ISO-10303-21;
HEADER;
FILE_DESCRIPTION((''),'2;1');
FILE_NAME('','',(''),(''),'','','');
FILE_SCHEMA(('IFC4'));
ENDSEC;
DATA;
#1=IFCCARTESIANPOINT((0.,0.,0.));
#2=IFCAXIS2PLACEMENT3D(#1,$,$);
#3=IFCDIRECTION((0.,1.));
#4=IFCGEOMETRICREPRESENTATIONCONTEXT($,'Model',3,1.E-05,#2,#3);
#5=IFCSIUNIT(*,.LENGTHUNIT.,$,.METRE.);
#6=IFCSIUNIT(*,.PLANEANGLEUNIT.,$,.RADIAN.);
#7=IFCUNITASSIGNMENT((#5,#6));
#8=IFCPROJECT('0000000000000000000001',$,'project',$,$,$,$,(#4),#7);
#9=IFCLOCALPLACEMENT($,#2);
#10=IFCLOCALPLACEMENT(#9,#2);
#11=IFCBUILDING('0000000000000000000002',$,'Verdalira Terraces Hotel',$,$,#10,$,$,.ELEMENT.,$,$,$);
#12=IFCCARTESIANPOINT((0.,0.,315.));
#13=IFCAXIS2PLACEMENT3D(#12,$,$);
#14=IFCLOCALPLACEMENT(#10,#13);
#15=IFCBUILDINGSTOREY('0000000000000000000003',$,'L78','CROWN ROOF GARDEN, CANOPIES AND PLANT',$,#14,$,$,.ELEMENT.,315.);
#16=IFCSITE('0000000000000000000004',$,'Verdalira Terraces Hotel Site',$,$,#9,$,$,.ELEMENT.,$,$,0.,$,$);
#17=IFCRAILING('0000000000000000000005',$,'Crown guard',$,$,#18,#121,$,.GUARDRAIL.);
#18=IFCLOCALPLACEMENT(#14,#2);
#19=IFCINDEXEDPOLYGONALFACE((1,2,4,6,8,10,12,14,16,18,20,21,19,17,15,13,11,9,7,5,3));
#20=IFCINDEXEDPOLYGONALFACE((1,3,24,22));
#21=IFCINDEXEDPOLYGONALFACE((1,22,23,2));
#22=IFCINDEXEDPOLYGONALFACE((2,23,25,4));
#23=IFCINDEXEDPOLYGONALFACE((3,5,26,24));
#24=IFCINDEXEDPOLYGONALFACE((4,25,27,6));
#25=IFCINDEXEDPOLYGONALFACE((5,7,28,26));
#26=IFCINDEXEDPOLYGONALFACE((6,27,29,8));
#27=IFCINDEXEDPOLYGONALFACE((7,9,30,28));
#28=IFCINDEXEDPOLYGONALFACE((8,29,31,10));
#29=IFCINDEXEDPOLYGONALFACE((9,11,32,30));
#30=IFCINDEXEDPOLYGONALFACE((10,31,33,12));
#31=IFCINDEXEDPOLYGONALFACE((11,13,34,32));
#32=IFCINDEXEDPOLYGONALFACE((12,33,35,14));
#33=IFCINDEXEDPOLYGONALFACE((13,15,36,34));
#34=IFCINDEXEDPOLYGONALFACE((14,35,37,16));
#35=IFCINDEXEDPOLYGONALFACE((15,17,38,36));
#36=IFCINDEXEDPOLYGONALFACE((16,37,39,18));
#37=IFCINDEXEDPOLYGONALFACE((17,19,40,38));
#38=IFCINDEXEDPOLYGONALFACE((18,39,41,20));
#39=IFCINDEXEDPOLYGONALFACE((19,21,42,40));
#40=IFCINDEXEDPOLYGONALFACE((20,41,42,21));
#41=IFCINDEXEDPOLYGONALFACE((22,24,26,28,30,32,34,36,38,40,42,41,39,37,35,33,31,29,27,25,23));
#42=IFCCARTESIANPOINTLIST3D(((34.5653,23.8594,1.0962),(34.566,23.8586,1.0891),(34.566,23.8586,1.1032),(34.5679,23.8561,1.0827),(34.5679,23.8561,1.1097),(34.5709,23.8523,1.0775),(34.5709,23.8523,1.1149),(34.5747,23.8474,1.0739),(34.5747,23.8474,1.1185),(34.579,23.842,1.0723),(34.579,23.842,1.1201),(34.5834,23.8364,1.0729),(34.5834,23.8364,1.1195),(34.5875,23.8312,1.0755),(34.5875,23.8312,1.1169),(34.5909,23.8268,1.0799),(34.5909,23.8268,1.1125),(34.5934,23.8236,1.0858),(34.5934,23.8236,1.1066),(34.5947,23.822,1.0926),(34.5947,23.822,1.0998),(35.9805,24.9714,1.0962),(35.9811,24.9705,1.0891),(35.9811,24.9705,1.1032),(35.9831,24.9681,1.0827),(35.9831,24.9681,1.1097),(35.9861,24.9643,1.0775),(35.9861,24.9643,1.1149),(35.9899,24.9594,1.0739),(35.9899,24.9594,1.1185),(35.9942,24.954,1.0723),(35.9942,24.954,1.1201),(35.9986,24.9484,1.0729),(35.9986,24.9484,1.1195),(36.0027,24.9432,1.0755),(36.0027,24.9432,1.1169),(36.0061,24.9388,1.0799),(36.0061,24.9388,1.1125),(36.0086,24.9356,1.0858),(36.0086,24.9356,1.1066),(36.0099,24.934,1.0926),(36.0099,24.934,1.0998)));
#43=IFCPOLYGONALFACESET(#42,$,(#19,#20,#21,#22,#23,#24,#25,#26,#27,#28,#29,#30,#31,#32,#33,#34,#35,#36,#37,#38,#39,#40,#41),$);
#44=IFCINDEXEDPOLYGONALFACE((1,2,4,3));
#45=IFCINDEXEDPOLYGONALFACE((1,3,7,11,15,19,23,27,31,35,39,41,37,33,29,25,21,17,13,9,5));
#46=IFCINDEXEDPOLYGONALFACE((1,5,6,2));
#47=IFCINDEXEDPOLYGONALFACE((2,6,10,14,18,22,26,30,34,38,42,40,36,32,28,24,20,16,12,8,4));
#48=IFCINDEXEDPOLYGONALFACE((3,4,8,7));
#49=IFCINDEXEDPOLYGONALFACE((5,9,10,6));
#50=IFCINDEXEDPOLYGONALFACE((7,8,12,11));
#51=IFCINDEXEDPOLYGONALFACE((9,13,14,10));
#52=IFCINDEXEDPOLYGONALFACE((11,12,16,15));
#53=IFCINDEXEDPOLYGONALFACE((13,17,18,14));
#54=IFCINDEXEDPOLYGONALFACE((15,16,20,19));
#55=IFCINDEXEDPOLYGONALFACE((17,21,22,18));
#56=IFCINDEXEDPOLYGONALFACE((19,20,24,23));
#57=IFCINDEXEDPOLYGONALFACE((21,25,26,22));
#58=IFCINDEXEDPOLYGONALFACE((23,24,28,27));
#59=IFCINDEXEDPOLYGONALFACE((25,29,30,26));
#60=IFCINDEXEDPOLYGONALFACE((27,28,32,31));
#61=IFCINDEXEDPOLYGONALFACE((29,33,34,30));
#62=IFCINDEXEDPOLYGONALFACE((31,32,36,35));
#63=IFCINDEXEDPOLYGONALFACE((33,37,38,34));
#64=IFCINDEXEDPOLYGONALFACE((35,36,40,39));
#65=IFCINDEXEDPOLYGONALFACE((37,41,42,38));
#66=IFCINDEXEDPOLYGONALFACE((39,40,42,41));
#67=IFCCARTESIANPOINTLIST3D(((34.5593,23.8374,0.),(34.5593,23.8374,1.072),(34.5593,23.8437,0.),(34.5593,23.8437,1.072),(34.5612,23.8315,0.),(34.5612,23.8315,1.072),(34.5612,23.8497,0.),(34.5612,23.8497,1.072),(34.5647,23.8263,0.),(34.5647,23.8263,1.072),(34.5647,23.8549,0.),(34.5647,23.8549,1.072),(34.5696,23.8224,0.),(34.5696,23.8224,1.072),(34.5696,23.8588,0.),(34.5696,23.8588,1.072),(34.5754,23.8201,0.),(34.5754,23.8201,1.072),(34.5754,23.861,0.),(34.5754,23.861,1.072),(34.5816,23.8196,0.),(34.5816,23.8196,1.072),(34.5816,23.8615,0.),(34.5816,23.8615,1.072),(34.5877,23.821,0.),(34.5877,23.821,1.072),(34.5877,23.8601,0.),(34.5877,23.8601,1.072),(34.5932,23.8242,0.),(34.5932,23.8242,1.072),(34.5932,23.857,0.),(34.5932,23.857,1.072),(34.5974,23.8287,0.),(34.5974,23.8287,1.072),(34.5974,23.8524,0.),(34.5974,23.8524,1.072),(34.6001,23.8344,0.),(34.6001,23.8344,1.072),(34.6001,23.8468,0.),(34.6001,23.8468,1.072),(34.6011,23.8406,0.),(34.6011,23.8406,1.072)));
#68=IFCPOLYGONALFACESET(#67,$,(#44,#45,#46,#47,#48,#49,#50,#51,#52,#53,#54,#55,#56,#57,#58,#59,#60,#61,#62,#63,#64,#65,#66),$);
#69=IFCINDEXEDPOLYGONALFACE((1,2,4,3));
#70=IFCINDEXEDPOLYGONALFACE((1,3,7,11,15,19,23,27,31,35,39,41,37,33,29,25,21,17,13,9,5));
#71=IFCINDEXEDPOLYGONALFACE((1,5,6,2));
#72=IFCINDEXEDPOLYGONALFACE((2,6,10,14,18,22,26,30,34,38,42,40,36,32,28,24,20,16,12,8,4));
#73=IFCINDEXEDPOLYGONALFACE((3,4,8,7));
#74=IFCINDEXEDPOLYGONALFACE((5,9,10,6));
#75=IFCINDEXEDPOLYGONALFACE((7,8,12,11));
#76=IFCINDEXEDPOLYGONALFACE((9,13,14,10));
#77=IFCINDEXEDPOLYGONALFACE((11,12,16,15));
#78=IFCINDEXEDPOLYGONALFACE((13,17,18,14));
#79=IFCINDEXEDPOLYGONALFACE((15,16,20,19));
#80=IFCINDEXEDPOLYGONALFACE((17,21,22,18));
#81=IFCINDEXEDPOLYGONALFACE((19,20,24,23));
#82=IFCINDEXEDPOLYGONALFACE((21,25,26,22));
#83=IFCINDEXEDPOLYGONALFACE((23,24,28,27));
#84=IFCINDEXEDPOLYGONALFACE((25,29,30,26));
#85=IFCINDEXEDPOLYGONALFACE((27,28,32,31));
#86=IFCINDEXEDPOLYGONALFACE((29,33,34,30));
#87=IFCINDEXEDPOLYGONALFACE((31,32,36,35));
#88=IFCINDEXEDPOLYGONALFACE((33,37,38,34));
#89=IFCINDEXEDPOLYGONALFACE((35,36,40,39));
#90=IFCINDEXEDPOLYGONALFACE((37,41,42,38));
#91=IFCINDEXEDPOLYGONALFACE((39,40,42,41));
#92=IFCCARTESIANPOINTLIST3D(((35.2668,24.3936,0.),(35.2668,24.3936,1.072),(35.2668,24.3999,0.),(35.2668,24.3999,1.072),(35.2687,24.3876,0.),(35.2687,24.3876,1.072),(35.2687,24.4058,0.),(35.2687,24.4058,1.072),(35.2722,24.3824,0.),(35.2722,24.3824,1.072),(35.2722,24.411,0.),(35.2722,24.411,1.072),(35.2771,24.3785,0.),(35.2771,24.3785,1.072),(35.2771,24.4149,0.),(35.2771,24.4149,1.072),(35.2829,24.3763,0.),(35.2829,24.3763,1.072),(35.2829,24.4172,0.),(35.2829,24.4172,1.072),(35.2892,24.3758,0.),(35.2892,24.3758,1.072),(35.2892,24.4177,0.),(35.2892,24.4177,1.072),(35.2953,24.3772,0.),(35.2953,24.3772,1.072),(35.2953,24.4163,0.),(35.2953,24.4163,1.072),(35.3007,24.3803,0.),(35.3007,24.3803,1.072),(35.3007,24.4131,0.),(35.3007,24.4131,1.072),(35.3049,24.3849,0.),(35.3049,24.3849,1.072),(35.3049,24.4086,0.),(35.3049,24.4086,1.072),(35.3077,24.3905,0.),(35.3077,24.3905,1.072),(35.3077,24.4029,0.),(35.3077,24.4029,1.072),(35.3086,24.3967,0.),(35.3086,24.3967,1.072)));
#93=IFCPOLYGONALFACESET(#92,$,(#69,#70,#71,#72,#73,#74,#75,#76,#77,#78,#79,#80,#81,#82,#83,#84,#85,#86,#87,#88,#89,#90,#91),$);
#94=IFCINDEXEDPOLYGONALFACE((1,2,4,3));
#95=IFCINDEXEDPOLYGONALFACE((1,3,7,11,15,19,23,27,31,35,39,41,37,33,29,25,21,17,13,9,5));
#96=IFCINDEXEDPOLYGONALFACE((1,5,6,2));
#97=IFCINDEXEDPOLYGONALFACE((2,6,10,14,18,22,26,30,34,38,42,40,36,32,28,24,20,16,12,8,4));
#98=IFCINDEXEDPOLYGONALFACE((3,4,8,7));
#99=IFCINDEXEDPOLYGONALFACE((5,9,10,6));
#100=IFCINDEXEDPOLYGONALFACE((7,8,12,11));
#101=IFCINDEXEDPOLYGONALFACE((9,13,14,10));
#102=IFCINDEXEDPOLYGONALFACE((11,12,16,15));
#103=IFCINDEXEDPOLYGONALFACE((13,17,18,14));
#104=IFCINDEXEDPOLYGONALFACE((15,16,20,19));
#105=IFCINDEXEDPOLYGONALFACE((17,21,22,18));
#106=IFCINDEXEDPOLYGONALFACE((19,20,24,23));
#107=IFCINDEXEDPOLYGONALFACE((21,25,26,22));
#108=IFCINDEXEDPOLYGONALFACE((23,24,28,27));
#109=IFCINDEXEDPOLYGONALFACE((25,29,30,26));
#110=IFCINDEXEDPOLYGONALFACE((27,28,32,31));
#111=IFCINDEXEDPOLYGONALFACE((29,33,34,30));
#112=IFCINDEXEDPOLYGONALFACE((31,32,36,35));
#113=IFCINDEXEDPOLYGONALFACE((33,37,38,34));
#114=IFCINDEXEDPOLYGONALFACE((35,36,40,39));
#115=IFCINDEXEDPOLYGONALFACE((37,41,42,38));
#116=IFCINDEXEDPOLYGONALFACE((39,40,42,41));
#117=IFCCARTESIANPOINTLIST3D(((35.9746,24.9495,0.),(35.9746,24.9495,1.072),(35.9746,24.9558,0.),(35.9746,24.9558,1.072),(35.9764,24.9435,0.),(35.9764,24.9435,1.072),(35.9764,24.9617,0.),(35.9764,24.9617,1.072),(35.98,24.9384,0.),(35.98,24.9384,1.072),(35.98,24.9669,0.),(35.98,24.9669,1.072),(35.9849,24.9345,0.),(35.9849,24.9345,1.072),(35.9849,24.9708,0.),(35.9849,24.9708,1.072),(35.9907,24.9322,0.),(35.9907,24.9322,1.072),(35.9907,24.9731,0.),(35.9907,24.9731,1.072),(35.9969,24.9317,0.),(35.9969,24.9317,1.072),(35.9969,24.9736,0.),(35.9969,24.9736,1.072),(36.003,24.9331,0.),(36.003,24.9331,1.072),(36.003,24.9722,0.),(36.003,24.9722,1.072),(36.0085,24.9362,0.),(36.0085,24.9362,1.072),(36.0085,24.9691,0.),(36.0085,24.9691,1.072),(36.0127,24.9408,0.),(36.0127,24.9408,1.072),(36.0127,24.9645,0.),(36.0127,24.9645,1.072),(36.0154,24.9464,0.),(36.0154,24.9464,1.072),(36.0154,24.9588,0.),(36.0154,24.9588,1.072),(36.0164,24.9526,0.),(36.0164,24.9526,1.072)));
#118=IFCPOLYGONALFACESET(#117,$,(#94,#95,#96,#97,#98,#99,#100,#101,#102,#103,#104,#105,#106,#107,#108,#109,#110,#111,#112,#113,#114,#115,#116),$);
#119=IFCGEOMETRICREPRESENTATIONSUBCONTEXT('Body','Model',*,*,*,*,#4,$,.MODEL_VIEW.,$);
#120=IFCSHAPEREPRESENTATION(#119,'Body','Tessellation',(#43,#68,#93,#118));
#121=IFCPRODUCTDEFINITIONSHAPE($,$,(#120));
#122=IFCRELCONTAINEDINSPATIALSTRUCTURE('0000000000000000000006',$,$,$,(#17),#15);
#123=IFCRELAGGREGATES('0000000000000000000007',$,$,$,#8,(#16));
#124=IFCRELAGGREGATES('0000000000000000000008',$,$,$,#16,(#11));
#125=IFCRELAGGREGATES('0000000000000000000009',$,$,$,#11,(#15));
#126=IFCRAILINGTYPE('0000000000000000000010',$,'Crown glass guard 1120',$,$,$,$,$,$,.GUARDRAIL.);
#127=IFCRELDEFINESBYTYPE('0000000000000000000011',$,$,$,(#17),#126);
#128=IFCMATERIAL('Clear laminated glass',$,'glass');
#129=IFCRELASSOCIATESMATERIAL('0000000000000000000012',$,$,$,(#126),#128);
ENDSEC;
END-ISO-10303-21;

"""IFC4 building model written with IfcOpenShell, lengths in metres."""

from ifc_helpers import new_model, si_unit, direction, frame, origin, origin_2d, place, context, subcontext, project, spatial, circle, extrude, material, type_object, element, save


model = new_model("IFC4")

# Units and contexts
model_context = context("Model", 3, precision=1e-05, world=origin(), true_north=direction((0.0, 1.0)))
body_context = subcontext(model_context, "Body", "Model", "MODEL_VIEW")
ifc_project = project(units=[si_unit("LENGTHUNIT", "METRE"), si_unit("PLANEANGLEUNIT", "RADIAN")], contexts=[model_context])

# Site, building, storey
site_placement = place(None, origin())
site = spatial("IfcSite", under=ifc_project, at=site_placement, Name="Verdalira Terraces Hotel Site", CompositionType="ELEMENT", RefElevation=0.0)
building_placement = place(site_placement, origin())
building = spatial("IfcBuilding", under=site, at=building_placement, Name="Verdalira Terraces Hotel", CompositionType="ELEMENT")
storey_placement = place(building_placement, frame((0.0, 0.0, 315.0)))
storey = spatial("IfcBuildingStorey", under=building, at=storey_placement, Name="L78", Description="CROWN ROOF GARDEN, CANOPIES AND PLANT", CompositionType="ELEMENT", Elevation=315.0)

# Railing
ifc_material_1 = material(Name="Clear laminated glass", Category="glass")
railing_type = type_object("IfcRailingType", Name="Crown glass guard 1120", PredefinedType="GUARDRAIL", material=ifc_material_1)
railing_1_placement = place(storey_placement, frame((34.5801, 23.8406, 0.0)))
element("IfcRailing", 1, at=railing_1_placement, inside=storey, type_object=railing_type, Name="Crown guard", PredefinedType="GUARDRAIL", context=body_context, shape_type="SweptSolid", body=[
    extrude(circle(Radius=0.0239, at=origin_2d()), frame((0.0, 0.0, 1.0962), z_axis=(0.786304, 0.61784, 0.0), x_axis=(-0.61784, 0.786304, 0.0)), (0.0, 0.0, 1.0), 1.7998),
    extrude(circle(Radius=0.021, at=origin_2d()), origin(), (0.0, 0.0, 1.0), 1.072),
    extrude(circle(Radius=0.021, at=origin_2d()), frame((0.7075, 0.5562, 0.0)), (0.0, 0.0, 1.0), 1.072),
    extrude(circle(Radius=0.021, at=origin_2d()), frame((1.4153, 1.1121, 0.0)), (0.0, 0.0, 1.0), 1.072),
])

save(model, "model.ifc")
